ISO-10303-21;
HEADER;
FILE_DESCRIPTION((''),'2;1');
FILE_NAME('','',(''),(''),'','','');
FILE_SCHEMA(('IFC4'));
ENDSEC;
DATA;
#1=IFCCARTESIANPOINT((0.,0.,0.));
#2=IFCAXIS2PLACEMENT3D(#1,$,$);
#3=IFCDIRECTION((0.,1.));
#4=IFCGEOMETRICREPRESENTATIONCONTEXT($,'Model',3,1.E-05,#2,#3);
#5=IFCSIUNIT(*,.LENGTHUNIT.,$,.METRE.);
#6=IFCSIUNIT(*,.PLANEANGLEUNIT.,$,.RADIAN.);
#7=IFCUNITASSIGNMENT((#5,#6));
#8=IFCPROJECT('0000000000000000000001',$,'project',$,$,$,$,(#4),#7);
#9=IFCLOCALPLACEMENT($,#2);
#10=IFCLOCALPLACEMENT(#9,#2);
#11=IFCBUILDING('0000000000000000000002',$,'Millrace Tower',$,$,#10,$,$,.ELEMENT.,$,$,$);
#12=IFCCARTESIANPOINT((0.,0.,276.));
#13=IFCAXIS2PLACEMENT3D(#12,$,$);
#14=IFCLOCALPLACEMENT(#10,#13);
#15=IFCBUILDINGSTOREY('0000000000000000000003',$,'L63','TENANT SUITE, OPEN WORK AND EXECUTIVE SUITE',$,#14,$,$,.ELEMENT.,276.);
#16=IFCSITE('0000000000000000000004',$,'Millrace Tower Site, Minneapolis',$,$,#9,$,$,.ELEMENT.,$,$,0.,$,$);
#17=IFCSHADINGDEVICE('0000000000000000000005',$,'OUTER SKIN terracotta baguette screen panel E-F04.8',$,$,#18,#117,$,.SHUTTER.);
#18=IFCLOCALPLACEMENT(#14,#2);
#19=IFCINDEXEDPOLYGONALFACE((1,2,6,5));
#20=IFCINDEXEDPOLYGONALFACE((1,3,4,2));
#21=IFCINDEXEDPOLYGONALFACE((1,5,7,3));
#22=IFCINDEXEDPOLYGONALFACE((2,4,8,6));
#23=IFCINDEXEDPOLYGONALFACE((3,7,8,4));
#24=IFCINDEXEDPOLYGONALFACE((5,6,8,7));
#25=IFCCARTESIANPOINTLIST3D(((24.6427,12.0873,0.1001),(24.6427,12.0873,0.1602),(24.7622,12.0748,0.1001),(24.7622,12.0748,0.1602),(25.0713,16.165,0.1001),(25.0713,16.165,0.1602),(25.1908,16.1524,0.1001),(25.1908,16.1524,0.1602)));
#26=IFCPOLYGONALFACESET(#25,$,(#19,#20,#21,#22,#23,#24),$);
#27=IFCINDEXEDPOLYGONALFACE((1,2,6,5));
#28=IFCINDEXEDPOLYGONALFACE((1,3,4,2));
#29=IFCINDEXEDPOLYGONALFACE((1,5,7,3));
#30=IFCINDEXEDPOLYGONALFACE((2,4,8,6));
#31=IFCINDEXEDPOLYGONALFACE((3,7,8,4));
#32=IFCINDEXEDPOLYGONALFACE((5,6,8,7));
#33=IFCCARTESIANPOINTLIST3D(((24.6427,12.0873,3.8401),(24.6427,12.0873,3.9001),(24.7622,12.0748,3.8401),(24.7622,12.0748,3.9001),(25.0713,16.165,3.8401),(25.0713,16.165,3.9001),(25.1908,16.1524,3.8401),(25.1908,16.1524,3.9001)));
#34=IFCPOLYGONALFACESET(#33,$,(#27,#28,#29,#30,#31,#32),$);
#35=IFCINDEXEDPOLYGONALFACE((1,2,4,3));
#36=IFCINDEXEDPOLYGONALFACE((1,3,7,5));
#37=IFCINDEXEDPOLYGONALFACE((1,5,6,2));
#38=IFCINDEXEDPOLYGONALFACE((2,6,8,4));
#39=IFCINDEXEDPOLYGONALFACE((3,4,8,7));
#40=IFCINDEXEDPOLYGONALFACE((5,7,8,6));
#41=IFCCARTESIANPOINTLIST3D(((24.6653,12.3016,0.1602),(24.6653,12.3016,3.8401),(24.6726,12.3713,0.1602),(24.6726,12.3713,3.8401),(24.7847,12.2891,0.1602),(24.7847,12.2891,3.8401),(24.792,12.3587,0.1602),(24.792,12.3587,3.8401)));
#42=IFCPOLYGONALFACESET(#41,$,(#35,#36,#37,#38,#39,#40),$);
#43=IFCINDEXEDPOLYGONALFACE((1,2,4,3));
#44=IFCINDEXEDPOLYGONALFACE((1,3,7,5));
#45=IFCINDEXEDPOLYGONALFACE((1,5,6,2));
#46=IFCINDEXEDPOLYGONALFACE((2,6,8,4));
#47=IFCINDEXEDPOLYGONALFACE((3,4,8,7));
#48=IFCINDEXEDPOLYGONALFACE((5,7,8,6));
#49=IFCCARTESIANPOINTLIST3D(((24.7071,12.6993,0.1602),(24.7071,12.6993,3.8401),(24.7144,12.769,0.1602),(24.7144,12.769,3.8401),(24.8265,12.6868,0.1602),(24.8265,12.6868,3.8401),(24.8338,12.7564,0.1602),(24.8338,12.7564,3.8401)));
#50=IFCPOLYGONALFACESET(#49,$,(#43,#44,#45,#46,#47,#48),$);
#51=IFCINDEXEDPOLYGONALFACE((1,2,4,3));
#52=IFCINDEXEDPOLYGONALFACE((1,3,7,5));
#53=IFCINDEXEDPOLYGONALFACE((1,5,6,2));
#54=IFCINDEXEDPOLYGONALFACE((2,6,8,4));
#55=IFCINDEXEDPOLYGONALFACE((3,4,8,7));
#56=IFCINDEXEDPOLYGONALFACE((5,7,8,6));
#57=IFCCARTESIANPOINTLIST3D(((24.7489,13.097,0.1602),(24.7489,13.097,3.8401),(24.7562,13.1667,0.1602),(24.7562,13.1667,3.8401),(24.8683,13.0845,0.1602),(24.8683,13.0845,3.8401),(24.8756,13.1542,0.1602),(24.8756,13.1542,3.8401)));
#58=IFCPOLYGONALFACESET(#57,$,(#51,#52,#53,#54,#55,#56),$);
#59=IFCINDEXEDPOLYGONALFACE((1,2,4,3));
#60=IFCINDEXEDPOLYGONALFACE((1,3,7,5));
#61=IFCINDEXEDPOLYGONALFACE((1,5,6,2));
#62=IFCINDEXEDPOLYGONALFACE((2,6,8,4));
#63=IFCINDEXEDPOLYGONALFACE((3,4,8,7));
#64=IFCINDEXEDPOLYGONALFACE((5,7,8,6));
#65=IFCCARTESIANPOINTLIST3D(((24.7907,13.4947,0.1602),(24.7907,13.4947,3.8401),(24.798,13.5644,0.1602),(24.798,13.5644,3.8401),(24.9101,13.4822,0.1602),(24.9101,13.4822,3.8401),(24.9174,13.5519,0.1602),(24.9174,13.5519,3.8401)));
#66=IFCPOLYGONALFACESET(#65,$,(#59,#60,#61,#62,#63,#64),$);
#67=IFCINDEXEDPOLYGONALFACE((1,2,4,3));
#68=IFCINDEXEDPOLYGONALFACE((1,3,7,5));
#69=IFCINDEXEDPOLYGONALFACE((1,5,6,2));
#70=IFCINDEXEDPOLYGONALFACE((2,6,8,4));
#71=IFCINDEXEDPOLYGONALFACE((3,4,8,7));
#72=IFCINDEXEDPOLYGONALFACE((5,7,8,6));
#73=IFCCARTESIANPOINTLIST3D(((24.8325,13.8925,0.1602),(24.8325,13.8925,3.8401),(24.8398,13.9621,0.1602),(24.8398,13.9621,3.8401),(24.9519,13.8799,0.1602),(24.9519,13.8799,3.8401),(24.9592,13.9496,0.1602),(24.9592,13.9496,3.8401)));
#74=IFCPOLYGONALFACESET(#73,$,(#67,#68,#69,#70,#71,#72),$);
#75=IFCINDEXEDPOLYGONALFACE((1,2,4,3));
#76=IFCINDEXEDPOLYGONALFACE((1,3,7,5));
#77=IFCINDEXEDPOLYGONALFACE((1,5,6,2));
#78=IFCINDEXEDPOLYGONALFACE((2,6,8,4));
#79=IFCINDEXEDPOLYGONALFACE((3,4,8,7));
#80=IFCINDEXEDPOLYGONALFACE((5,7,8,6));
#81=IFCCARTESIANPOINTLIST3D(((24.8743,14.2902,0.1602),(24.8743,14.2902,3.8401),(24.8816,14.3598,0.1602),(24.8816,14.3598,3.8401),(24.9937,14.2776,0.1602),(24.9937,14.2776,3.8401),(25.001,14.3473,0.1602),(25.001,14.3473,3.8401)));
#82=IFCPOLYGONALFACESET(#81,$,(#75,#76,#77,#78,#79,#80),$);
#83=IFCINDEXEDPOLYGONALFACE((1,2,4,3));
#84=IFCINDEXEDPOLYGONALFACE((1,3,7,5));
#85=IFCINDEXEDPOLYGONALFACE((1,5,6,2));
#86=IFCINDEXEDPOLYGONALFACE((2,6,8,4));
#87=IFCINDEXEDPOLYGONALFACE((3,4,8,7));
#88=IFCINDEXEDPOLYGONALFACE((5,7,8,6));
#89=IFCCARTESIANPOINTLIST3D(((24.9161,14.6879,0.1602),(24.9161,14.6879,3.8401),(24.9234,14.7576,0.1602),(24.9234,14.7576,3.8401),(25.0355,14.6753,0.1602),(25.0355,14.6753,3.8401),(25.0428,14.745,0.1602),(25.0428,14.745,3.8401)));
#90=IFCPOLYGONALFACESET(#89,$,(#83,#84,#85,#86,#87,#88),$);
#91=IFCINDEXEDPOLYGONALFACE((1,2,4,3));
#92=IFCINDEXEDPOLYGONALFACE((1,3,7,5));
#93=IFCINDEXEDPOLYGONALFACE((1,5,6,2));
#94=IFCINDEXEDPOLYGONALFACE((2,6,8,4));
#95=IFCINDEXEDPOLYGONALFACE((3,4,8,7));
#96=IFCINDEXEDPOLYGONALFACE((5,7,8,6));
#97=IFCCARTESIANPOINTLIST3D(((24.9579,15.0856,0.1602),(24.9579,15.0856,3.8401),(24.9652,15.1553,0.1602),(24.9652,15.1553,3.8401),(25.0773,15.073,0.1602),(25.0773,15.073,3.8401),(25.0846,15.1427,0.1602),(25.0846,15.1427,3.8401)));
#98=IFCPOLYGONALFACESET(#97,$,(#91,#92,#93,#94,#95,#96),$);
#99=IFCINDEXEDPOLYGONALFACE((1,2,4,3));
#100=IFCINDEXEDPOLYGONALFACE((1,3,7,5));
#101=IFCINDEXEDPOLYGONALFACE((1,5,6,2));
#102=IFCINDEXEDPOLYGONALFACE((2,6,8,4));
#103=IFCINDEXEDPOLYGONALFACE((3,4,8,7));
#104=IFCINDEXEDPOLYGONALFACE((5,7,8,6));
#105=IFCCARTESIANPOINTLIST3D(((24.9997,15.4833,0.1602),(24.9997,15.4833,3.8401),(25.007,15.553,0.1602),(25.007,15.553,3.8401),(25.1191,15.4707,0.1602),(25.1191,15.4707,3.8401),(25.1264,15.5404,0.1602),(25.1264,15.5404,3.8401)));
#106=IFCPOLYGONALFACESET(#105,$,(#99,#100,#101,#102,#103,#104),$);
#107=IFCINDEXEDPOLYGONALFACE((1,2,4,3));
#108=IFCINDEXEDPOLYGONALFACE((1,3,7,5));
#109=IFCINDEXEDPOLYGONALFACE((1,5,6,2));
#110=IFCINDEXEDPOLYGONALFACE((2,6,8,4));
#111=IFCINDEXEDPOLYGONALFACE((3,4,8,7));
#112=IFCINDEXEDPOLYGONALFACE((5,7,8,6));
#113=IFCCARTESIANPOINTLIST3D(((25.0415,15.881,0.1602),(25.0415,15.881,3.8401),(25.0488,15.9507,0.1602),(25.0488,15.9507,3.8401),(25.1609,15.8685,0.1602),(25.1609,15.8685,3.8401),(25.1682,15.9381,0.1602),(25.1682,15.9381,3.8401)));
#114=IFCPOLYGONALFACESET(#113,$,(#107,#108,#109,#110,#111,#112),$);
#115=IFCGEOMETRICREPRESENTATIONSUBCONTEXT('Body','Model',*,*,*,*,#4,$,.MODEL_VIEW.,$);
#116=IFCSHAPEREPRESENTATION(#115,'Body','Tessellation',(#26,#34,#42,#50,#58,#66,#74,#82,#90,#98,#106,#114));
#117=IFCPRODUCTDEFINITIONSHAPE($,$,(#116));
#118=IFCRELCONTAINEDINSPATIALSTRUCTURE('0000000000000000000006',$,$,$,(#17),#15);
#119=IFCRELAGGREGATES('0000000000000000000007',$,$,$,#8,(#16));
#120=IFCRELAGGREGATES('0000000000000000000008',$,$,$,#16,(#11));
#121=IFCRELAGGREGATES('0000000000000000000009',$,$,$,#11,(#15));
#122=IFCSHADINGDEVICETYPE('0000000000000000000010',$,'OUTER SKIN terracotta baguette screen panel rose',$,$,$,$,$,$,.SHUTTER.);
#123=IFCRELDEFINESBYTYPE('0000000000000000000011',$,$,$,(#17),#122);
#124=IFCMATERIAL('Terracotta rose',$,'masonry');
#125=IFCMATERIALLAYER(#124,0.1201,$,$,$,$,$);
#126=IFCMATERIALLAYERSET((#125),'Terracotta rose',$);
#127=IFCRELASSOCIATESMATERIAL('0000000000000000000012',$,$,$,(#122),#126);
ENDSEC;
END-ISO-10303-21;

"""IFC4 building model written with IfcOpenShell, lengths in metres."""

from ifc_helpers import new_model, entity, si_unit, direction, frame, frame_2d, origin, place, context, subcontext, project, spatial, rectangle, extrude, source, transform, mapped, material, layer, layer_set, type_object, element, save


model = new_model("IFC4")

# Units and contexts
model_context = context("Model", 3, precision=1e-05, world=origin(), true_north=direction((0.0, 1.0)))
body_context = subcontext(model_context, "Body", "Model", "MODEL_VIEW")
ifc_project = project(units=[si_unit("LENGTHUNIT", "METRE"), si_unit("PLANEANGLEUNIT", "RADIAN")], contexts=[model_context])

# Site, building, storey
site_placement = place(None, origin())
site = spatial("IfcSite", under=ifc_project, at=site_placement, Name="Millrace Tower Site, Minneapolis", CompositionType="ELEMENT", RefElevation=0.0)
building_placement = place(site_placement, origin())
building = spatial("IfcBuilding", under=site, at=building_placement, Name="Millrace Tower", CompositionType="ELEMENT")
storey_placement = place(building_placement, frame((0.0, 0.0, 276.0)))
storey = spatial("IfcBuildingStorey", under=building, at=storey_placement, Name="L63", Description="TENANT SUITE, OPEN WORK AND EXECUTIVE SUITE", CompositionType="ELEMENT", Elevation=276.0)

# Shading device
ifc_material_1 = material(Name="Terracotta rose", Category="masonry")
ifc_layer_1 = layer(ifc_material_1, 0.1201)
ifc_layer_set_1 = layer_set([ifc_layer_1], Name="Terracotta rose")
shading_device_type = type_object("IfcShadingDeviceType", Name="OUTER SKIN terracotta baguette screen panel rose", PredefinedType="SHUTTER", material=ifc_layer_set_1)
cartesian_point_1 = entity("IfcCartesianPoint", [-2.05, 0.0601])
shared_polyline_1 = entity("IfcPolyline", [cartesian_point_1, entity("IfcCartesianPoint", [2.05, 0.0601]), entity("IfcCartesianPoint", [2.05, -0.0601]), entity("IfcCartesianPoint", [-2.05, -0.0601]), cartesian_point_1])
shared_shape_1 = source(origin(), body_context, "Body", "SweptSolid", [
    entity("IfcExtrudedAreaSolid", entity("IfcArbitraryClosedProfileDef", "AREA", None, shared_polyline_1), entity("IfcAxis2Placement3D", entity("IfcCartesianPoint", [0.0, 0.0, 0.0])), entity("IfcDirection", [0.0, 0.0, 1.0]), 0.0601),
    entity("IfcExtrudedAreaSolid", entity("IfcArbitraryClosedProfileDef", "AREA", None, shared_polyline_1), entity("IfcAxis2Placement3D", entity("IfcCartesianPoint", [0.0, 0.0, 3.74])), entity("IfcDirection", [0.0, 0.0, 1.0]), 0.0601),
    extrude(rectangle(XDim=0.0701, YDim=0.1201, at=frame_2d((-1.7996, 0.0))), frame((0.0, 0.0, 0.0601)), (0.0, 0.0, 1.0), 3.6799),
    extrude(rectangle(XDim=0.0701, YDim=0.1201, at=frame_2d((-1.3997, 0.0))), frame((0.0, 0.0, 0.0601)), (0.0, 0.0, 1.0), 3.6799),
    extrude(rectangle(XDim=0.0701, YDim=0.1201, at=frame_2d((-0.9998, 0.0))), frame((0.0, 0.0, 0.0601)), (0.0, 0.0, 1.0), 3.6799),
    extrude(rectangle(XDim=0.0701, YDim=0.1201, at=frame_2d((-0.5999, 0.0))), frame((0.0, 0.0, 0.0601)), (0.0, 0.0, 1.0), 3.6799),
    extrude(rectangle(XDim=0.0701, YDim=0.1201, at=frame_2d((-0.2, 0.0))), frame((0.0, 0.0, 0.0601)), (0.0, 0.0, 1.0), 3.6799),
    extrude(rectangle(XDim=0.0701, YDim=0.1201, at=frame_2d((0.2, 0.0))), frame((0.0, 0.0, 0.0601)), (0.0, 0.0, 1.0), 3.6799),
    extrude(rectangle(XDim=0.0701, YDim=0.1201, at=frame_2d((0.5999, 0.0))), frame((0.0, 0.0, 0.0601)), (0.0, 0.0, 1.0), 3.6799),
    extrude(rectangle(XDim=0.0701, YDim=0.1201, at=frame_2d((0.9998, 0.0))), frame((0.0, 0.0, 0.0601)), (0.0, 0.0, 1.0), 3.6799),
    extrude(rectangle(XDim=0.0701, YDim=0.1201, at=frame_2d((1.3997, 0.0))), frame((0.0, 0.0, 0.0601)), (0.0, 0.0, 1.0), 3.6799),
    extrude(rectangle(XDim=0.0701, YDim=0.1201, at=frame_2d((1.7996, 0.0))), frame((0.0, 0.0, 0.0601)), (0.0, 0.0, 1.0), 3.6799),
])
shading_device_1_placement = place(storey_placement, frame((24.9167, 14.1199, 0.1001), z_axis=(0.0, 0.0, 1.0), x_axis=(0.104528, 0.994522, 0.0)))
element("IfcShadingDevice", 1, at=shading_device_1_placement, inside=storey, type_object=shading_device_type, Name="OUTER SKIN terracotta baguette screen panel E-F04.8", PredefinedType="SHUTTER", context=body_context, shape_type="MappedRepresentation", body=[
    mapped(shared_shape_1, transform((0.0, 0.0, 0.0), scale=1.0)),
])

save(model, "model.ifc")
